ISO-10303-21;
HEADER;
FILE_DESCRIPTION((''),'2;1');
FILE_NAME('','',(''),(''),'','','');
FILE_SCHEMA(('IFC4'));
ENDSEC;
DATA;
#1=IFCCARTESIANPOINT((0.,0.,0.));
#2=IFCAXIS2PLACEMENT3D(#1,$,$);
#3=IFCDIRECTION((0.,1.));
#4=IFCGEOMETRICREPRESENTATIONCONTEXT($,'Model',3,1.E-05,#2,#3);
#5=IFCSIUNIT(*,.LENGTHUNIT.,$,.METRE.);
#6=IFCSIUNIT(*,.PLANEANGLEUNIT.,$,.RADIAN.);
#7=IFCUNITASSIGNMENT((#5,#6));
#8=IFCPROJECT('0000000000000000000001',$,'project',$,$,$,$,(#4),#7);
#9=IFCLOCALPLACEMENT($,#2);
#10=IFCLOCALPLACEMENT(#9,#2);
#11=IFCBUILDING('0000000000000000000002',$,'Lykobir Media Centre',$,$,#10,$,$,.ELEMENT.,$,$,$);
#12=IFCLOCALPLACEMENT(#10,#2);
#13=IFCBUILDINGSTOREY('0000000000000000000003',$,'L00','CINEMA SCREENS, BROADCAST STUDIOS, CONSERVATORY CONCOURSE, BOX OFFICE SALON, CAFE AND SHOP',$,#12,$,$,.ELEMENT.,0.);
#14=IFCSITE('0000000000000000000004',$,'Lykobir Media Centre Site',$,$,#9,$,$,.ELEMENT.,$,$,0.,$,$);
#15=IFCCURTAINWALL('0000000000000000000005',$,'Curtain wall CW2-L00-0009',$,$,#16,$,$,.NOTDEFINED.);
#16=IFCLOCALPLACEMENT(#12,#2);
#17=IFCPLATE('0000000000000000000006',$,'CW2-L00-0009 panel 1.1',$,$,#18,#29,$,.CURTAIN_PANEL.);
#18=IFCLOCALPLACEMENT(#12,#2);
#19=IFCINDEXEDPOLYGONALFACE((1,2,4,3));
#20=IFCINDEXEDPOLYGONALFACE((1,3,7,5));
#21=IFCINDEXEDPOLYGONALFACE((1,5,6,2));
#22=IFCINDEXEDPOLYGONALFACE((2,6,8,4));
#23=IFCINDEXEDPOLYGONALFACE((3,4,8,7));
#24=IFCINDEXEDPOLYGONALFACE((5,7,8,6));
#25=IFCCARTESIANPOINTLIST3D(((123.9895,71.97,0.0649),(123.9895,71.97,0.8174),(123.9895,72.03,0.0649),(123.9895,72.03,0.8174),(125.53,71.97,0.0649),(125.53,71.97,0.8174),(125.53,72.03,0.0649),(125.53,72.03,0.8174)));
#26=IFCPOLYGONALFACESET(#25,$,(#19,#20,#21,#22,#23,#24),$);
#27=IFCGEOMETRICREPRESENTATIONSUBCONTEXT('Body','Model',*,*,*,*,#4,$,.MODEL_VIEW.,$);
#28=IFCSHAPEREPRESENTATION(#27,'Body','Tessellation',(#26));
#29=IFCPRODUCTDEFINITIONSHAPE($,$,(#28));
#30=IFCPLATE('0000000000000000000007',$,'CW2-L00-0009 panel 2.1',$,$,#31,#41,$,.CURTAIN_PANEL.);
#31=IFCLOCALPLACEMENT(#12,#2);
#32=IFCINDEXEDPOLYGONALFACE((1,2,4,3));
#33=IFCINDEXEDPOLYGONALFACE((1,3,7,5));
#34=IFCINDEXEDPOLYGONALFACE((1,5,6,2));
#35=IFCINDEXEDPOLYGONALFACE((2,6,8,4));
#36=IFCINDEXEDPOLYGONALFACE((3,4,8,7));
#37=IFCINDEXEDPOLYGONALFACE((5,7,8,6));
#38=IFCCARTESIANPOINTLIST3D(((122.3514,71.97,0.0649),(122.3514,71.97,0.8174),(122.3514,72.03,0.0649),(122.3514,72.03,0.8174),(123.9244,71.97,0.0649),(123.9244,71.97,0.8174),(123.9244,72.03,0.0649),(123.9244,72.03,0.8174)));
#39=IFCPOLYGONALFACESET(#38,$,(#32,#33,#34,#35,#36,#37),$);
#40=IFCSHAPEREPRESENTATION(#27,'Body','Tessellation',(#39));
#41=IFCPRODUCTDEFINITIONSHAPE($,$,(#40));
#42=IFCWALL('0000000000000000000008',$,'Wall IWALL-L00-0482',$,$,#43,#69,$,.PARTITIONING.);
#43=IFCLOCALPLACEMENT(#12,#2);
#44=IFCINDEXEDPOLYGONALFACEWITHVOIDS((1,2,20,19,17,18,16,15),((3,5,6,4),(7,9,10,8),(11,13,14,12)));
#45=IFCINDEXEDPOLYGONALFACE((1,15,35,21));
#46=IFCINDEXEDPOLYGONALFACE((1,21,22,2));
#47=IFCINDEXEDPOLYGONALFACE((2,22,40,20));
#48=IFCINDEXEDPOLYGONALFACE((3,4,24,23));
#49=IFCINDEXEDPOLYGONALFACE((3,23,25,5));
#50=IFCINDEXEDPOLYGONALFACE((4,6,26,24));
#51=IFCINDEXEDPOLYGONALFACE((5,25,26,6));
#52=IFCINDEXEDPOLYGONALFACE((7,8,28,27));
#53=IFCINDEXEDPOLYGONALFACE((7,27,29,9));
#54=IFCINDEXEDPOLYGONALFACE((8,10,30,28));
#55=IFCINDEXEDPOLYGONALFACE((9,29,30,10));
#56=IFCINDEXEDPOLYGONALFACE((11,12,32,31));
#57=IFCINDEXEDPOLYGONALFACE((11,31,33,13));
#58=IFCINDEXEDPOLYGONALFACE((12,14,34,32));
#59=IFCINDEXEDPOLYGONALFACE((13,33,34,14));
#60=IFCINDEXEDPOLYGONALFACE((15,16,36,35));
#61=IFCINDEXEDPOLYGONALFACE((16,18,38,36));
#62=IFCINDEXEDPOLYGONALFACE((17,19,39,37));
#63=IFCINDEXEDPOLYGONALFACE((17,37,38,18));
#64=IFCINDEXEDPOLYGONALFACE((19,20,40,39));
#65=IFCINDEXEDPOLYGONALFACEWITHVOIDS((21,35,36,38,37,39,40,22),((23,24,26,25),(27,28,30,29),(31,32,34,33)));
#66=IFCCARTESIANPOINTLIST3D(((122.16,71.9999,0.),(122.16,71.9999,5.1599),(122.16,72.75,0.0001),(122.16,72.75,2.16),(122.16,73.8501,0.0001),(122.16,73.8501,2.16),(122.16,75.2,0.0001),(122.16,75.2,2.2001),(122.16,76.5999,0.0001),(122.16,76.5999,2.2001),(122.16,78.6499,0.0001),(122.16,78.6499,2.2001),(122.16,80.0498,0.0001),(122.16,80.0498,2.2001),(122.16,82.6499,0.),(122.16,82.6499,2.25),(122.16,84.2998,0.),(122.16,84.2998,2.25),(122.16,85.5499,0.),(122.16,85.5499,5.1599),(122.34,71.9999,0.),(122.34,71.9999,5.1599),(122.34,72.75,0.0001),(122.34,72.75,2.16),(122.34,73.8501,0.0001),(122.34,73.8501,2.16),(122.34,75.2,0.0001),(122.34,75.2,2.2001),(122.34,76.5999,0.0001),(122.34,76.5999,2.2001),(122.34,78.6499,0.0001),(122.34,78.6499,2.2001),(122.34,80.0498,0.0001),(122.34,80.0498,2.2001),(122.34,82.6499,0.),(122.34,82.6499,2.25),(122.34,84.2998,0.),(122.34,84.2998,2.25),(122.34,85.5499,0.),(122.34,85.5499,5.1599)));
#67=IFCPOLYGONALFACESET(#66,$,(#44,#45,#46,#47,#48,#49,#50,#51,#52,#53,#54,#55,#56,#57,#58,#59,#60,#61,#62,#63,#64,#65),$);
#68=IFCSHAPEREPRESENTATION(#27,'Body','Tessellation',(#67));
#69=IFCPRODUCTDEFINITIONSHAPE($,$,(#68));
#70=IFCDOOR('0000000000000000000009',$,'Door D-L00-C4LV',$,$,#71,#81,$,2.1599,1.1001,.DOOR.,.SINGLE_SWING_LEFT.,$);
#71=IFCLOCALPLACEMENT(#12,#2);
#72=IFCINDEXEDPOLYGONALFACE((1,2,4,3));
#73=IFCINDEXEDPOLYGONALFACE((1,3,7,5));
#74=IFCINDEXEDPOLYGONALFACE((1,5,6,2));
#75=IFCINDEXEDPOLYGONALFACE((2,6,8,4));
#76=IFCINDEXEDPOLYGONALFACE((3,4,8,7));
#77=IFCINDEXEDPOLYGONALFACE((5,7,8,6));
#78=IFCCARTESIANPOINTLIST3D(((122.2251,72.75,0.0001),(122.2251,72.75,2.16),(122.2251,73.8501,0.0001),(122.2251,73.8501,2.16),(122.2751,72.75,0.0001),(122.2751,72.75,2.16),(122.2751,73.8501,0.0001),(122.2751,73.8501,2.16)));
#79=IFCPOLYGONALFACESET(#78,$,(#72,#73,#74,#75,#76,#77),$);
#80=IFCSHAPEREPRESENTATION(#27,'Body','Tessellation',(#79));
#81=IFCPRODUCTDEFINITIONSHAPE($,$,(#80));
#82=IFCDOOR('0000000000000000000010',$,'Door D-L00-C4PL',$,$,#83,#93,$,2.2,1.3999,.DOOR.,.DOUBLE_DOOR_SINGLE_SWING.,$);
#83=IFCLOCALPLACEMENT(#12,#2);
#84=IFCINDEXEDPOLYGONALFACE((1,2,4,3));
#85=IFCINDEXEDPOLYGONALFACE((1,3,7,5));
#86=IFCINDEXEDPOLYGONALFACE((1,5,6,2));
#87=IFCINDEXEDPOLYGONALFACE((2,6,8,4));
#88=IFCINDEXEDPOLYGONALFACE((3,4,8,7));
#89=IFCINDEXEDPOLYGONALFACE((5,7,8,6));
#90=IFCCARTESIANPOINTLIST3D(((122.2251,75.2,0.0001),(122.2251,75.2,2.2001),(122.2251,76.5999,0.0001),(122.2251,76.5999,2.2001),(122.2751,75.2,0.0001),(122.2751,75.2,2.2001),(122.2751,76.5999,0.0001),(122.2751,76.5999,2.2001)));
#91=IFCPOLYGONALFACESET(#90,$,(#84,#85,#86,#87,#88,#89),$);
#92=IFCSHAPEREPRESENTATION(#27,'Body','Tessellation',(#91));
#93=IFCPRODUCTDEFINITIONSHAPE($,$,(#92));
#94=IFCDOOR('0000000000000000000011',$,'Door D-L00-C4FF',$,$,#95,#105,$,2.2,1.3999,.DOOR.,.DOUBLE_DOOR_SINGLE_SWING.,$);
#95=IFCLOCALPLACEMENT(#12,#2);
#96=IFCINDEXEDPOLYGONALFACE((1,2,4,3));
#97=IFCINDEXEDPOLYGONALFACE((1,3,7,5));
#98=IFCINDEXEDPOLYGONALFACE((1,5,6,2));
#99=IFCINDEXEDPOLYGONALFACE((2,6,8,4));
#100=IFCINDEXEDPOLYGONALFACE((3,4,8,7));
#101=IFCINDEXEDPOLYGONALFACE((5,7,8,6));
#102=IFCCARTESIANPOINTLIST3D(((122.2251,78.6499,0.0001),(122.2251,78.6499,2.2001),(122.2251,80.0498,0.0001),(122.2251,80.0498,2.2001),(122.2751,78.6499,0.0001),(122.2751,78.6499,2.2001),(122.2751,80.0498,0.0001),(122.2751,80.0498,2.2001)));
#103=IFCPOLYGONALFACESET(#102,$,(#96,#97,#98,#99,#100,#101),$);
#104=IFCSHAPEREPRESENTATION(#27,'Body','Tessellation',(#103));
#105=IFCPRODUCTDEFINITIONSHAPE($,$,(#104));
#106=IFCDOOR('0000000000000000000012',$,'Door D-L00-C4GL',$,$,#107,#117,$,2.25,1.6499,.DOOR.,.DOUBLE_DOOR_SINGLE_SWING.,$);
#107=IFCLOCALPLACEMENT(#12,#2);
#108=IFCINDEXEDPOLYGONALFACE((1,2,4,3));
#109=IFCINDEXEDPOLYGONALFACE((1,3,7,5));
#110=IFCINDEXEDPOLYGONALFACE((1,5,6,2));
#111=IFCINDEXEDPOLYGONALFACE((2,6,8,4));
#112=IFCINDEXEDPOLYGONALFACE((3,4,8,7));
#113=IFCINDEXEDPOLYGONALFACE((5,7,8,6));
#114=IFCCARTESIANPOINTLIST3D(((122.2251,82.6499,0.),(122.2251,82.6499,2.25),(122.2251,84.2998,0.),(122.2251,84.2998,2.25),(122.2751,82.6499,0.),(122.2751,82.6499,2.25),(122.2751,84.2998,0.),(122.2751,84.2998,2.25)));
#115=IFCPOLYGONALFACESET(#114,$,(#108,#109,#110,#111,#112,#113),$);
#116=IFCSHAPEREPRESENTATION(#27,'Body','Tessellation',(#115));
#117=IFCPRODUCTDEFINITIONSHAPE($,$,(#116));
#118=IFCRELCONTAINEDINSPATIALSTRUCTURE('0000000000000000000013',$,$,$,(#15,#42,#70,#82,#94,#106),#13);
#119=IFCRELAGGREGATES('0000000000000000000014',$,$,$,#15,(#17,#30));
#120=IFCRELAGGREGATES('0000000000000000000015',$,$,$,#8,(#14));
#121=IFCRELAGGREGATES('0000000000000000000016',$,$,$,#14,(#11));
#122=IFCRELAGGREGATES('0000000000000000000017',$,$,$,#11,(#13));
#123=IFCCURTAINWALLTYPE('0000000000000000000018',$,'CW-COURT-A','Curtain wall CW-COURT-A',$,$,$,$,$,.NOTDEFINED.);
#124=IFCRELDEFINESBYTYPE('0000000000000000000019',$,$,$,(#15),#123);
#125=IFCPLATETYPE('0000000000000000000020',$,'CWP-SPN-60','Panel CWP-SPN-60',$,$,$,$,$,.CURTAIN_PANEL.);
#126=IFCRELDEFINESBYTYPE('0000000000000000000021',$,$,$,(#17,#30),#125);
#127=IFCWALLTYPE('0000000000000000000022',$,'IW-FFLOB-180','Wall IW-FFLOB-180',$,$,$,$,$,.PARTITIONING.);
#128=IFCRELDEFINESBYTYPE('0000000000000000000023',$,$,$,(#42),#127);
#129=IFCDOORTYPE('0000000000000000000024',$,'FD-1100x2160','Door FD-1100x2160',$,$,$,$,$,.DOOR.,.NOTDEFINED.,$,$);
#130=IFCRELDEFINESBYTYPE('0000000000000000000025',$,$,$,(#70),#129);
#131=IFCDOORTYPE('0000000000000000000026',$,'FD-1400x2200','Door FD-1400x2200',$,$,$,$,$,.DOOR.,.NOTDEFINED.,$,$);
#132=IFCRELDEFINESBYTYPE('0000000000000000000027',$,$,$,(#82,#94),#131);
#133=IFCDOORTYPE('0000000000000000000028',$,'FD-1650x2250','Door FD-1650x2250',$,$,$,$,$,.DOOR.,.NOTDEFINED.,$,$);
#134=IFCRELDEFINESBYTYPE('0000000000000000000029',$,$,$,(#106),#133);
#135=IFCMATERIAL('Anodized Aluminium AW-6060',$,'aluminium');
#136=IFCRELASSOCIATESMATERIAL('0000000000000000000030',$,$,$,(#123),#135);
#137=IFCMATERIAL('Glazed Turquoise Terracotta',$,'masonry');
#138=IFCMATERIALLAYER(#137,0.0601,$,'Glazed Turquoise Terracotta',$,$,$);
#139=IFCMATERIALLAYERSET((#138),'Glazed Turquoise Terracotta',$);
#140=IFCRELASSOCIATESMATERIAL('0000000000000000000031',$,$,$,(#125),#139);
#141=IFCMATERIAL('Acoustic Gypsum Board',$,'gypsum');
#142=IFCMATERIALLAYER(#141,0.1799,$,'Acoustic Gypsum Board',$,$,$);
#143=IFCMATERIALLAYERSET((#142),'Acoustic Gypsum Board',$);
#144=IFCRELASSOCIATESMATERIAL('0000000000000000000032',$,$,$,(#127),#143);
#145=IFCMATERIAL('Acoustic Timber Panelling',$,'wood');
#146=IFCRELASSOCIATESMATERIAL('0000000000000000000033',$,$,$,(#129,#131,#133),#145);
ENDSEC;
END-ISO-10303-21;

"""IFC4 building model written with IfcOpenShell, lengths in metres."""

from ifc_helpers import new_model, si_unit, direction, frame, frame_2d, origin, origin_2d, place, context, subcontext, project, spatial, rectangle, extrude, material, layer, layer_set, type_object, element, fill, aggregate, save


model = new_model("IFC4")

# Units and contexts
model_context = context("Model", 3, precision=1e-05, world=origin(), true_north=direction((0.0, 1.0)))
body_context = subcontext(model_context, "Body", "Model", "MODEL_VIEW")
ifc_project = project(units=[si_unit("LENGTHUNIT", "METRE"), si_unit("PLANEANGLEUNIT", "RADIAN")], contexts=[model_context])

# Site, building, storey
site_placement = place(None, origin())
site = spatial("IfcSite", under=ifc_project, at=site_placement, Name="Lykobir Media Centre Site", CompositionType="ELEMENT", RefElevation=0.0)
building_placement = place(site_placement, origin())
building = spatial("IfcBuilding", under=site, at=building_placement, Name="Lykobir Media Centre", CompositionType="ELEMENT")
storey_placement = place(building_placement, origin())
storey = spatial("IfcBuildingStorey", under=building, at=storey_placement, Name="L00", Description="CINEMA SCREENS, BROADCAST STUDIOS, CONSERVATORY CONCOURSE, BOX OFFICE SALON, CAFE AND SHOP", CompositionType="ELEMENT", Elevation=0.0)

# Curtain wall, plates
ifc_material_1 = material(Name="Anodized Aluminium AW-6060", Category="aluminium")
curtain_wall_type = type_object("IfcCurtainWallType", Name="CW-COURT-A", Description="Curtain wall CW-COURT-A", PredefinedType="NOTDEFINED", material=ifc_material_1)
curtain_wall_placement = place(storey_placement, origin())
curtain_wall = element("IfcCurtainWall", 1, at=curtain_wall_placement, inside=storey, type_object=curtain_wall_type, Name="Curtain wall CW2-L00-0009", PredefinedType="NOTDEFINED")
ifc_material_2 = material(Name="Glazed Turquoise Terracotta", Category="masonry")
ifc_layer_1 = layer(ifc_material_2, 0.0601, Name="Glazed Turquoise Terracotta")
ifc_layer_set_1 = layer_set([ifc_layer_1], Name="Glazed Turquoise Terracotta")
plate_type_1 = type_object("IfcPlateType", Name="CWP-SPN-60", Description="Panel CWP-SPN-60", PredefinedType="CURTAIN_PANEL", material=ifc_layer_set_1)
plate_1_placement = place(storey_placement, frame((124.7598, 72.0, 0.0649), z_axis=(0.0, 0.0, 1.0), x_axis=(-1.0, 0.0, 0.0)))
plate_1 = element("IfcPlate", 2, at=plate_1_placement, type_object=plate_type_1, Name="CW2-L00-0009 panel 1.1", PredefinedType="CURTAIN_PANEL", context=body_context, shape_type="SweptSolid", body=[
    extrude(rectangle(XDim=1.5405, YDim=0.0601, at=origin_2d()), origin(), (0.0, 0.0, 1.0), 0.7524),
])
plate_2_placement = place(storey_placement, frame((123.1379, 72.0, 0.0649), z_axis=(0.0, 0.0, 1.0), x_axis=(-1.0, 0.0, 0.0)))
plate_2 = element("IfcPlate", 3, at=plate_2_placement, type_object=plate_type_1, Name="CW2-L00-0009 panel 2.1", PredefinedType="CURTAIN_PANEL", context=body_context, shape_type="SweptSolid", body=[
    extrude(rectangle(XDim=1.573, YDim=0.0601, at=origin_2d()), origin(), (0.0, 0.0, 1.0), 0.7524),
])
aggregate(curtain_wall, [plate_1, plate_2])

# Wall, openings, doors
ifc_material_3 = material(Name="Acoustic Gypsum Board", Category="gypsum")
ifc_layer_2 = layer(ifc_material_3, 0.1799, Name="Acoustic Gypsum Board")
ifc_layer_set_2 = layer_set([ifc_layer_2], Name="Acoustic Gypsum Board")
wall_type = type_object("IfcWallType", Name="IW-FFLOB-180", Description="Wall IW-FFLOB-180", PredefinedType="PARTITIONING", material=ifc_layer_set_2)
wall_placement = place(storey_placement, frame((122.25, 72.0, 0.0), z_axis=(0.0, 0.0, 1.0), x_axis=(0.0, 1.0, 0.0)))
wall = element("IfcWall", 4, at=wall_placement, inside=storey, type_object=wall_type, Name="Wall IWALL-L00-0482", PredefinedType="PARTITIONING", context=body_context, shape_type="SweptSolid", body=[
    extrude(rectangle(XDim=13.55, YDim=0.1799, at=frame_2d((6.7749, 0.0))), origin(), (0.0, 0.0, 1.0), 5.1599),
])
opening_1_placement = place(wall_placement, frame((0.75, 0.0, 0.0)))
opening_1 = element("IfcOpeningElement", 5, at=opening_1_placement, cuts=wall, PredefinedType="OPENING", context=body_context, shape_type="SweptSolid", body=[
    extrude(rectangle(XDim=1.1001, YDim=2.1599, at=frame_2d((0.55, 1.0801))), frame((0.0, 0.0999, 0.0), z_axis=(0.0, -1.0, 0.0), x_axis=(1.0, 0.0, 0.0)), (0.0, 0.0, 1.0), 0.2),
])
opening_2_placement = place(wall_placement, frame((3.2, 0.0, 0.0)))
opening_2 = element("IfcOpeningElement", 6, at=opening_2_placement, cuts=wall, PredefinedType="OPENING", context=body_context, shape_type="SweptSolid", body=[
    extrude(rectangle(XDim=1.3999, YDim=2.2, at=frame_2d((0.7, 1.1001))), frame((0.0, 0.0999, 0.0), z_axis=(0.0, -1.0, 0.0), x_axis=(1.0, 0.0, 0.0)), (0.0, 0.0, 1.0), 0.2),
])
opening_3_placement = place(wall_placement, frame((6.6499, 0.0, 0.0)))
opening_3 = element("IfcOpeningElement", 7, at=opening_3_placement, cuts=wall, PredefinedType="OPENING", context=body_context, shape_type="SweptSolid", body=[
    extrude(rectangle(XDim=1.3999, YDim=2.2, at=frame_2d((0.7, 1.1001))), frame((0.0, 0.0999, 0.0), z_axis=(0.0, -1.0, 0.0), x_axis=(1.0, 0.0, 0.0)), (0.0, 0.0, 1.0), 0.2),
])
opening_4_placement = place(wall_placement, frame((10.6499, 0.0, 0.0)))
opening_4 = element("IfcOpeningElement", 8, at=opening_4_placement, cuts=wall, PredefinedType="OPENING", context=body_context, shape_type="SweptSolid", body=[
    extrude(rectangle(XDim=1.6499, YDim=2.25, at=frame_2d((0.825, 1.125))), frame((0.0, 0.0999, 0.0), z_axis=(0.0, -1.0, 0.0), x_axis=(1.0, 0.0, 0.0)), (0.0, 0.0, 1.0), 0.2),
])
ifc_material_4 = material(Name="Acoustic Timber Panelling", Category="wood")
door_type_1 = type_object("IfcDoorType", Name="FD-1100x2160", Description="Door FD-1100x2160", OperationType="NOTDEFINED", PredefinedType="DOOR", material=ifc_material_4)
door_1_placement = place(opening_1_placement, origin())
door_1 = element("IfcDoor", 9, at=door_1_placement, inside=storey, type_object=door_type_1, Name="Door D-L00-C4LV", OperationType="SINGLE_SWING_LEFT", OverallHeight=2.1599, OverallWidth=1.1001, PredefinedType="DOOR", context=body_context, shape_type="SweptSolid", body=[
    extrude(rectangle(XDim=1.1001, YDim=2.1599, at=frame_2d((0.55, 1.0801))), frame((0.0, 0.0249, 0.0), z_axis=(0.0, -1.0, 0.0), x_axis=(1.0, 0.0, 0.0)), (0.0, 0.0, 1.0), 0.05),
])
fill(opening_1, door_1)
door_type_2 = type_object("IfcDoorType", Name="FD-1400x2200", Description="Door FD-1400x2200", OperationType="NOTDEFINED", PredefinedType="DOOR", material=ifc_material_4)
door_2_placement = place(opening_2_placement, origin())
door_2 = element("IfcDoor", 10, at=door_2_placement, inside=storey, type_object=door_type_2, Name="Door D-L00-C4PL", OperationType="DOUBLE_DOOR_SINGLE_SWING", OverallHeight=2.2, OverallWidth=1.3999, PredefinedType="DOOR", context=body_context, shape_type="SweptSolid", body=[
    extrude(rectangle(XDim=1.3999, YDim=2.2, at=frame_2d((0.7, 1.1001))), frame((0.0, 0.0249, 0.0), z_axis=(0.0, -1.0, 0.0), x_axis=(1.0, 0.0, 0.0)), (0.0, 0.0, 1.0), 0.05),
])
fill(opening_2, door_2)
door_3_placement = place(opening_3_placement, origin())
door_3 = element("IfcDoor", 11, at=door_3_placement, inside=storey, type_object=door_type_2, Name="Door D-L00-C4FF", OperationType="DOUBLE_DOOR_SINGLE_SWING", OverallHeight=2.2, OverallWidth=1.3999, PredefinedType="DOOR", context=body_context, shape_type="SweptSolid", body=[
    extrude(rectangle(XDim=1.3999, YDim=2.2, at=frame_2d((0.7, 1.1001))), frame((0.0, 0.0249, 0.0), z_axis=(0.0, -1.0, 0.0), x_axis=(1.0, 0.0, 0.0)), (0.0, 0.0, 1.0), 0.05),
])
fill(opening_3, door_3)
door_type_3 = type_object("IfcDoorType", Name="FD-1650x2250", Description="Door FD-1650x2250", OperationType="NOTDEFINED", PredefinedType="DOOR", material=ifc_material_4)
door_4_placement = place(opening_4_placement, origin())
door_4 = element("IfcDoor", 12, at=door_4_placement, inside=storey, type_object=door_type_3, Name="Door D-L00-C4GL", OperationType="DOUBLE_DOOR_SINGLE_SWING", OverallHeight=2.25, OverallWidth=1.6499, PredefinedType="DOOR", context=body_context, shape_type="SweptSolid", body=[
    extrude(rectangle(XDim=1.6499, YDim=2.25, at=frame_2d((0.825, 1.125))), frame((0.0, 0.0249, 0.0), z_axis=(0.0, -1.0, 0.0), x_axis=(1.0, 0.0, 0.0)), (0.0, 0.0, 1.0), 0.05),
])
fill(opening_4, door_4)

save(model, "model.ifc")
